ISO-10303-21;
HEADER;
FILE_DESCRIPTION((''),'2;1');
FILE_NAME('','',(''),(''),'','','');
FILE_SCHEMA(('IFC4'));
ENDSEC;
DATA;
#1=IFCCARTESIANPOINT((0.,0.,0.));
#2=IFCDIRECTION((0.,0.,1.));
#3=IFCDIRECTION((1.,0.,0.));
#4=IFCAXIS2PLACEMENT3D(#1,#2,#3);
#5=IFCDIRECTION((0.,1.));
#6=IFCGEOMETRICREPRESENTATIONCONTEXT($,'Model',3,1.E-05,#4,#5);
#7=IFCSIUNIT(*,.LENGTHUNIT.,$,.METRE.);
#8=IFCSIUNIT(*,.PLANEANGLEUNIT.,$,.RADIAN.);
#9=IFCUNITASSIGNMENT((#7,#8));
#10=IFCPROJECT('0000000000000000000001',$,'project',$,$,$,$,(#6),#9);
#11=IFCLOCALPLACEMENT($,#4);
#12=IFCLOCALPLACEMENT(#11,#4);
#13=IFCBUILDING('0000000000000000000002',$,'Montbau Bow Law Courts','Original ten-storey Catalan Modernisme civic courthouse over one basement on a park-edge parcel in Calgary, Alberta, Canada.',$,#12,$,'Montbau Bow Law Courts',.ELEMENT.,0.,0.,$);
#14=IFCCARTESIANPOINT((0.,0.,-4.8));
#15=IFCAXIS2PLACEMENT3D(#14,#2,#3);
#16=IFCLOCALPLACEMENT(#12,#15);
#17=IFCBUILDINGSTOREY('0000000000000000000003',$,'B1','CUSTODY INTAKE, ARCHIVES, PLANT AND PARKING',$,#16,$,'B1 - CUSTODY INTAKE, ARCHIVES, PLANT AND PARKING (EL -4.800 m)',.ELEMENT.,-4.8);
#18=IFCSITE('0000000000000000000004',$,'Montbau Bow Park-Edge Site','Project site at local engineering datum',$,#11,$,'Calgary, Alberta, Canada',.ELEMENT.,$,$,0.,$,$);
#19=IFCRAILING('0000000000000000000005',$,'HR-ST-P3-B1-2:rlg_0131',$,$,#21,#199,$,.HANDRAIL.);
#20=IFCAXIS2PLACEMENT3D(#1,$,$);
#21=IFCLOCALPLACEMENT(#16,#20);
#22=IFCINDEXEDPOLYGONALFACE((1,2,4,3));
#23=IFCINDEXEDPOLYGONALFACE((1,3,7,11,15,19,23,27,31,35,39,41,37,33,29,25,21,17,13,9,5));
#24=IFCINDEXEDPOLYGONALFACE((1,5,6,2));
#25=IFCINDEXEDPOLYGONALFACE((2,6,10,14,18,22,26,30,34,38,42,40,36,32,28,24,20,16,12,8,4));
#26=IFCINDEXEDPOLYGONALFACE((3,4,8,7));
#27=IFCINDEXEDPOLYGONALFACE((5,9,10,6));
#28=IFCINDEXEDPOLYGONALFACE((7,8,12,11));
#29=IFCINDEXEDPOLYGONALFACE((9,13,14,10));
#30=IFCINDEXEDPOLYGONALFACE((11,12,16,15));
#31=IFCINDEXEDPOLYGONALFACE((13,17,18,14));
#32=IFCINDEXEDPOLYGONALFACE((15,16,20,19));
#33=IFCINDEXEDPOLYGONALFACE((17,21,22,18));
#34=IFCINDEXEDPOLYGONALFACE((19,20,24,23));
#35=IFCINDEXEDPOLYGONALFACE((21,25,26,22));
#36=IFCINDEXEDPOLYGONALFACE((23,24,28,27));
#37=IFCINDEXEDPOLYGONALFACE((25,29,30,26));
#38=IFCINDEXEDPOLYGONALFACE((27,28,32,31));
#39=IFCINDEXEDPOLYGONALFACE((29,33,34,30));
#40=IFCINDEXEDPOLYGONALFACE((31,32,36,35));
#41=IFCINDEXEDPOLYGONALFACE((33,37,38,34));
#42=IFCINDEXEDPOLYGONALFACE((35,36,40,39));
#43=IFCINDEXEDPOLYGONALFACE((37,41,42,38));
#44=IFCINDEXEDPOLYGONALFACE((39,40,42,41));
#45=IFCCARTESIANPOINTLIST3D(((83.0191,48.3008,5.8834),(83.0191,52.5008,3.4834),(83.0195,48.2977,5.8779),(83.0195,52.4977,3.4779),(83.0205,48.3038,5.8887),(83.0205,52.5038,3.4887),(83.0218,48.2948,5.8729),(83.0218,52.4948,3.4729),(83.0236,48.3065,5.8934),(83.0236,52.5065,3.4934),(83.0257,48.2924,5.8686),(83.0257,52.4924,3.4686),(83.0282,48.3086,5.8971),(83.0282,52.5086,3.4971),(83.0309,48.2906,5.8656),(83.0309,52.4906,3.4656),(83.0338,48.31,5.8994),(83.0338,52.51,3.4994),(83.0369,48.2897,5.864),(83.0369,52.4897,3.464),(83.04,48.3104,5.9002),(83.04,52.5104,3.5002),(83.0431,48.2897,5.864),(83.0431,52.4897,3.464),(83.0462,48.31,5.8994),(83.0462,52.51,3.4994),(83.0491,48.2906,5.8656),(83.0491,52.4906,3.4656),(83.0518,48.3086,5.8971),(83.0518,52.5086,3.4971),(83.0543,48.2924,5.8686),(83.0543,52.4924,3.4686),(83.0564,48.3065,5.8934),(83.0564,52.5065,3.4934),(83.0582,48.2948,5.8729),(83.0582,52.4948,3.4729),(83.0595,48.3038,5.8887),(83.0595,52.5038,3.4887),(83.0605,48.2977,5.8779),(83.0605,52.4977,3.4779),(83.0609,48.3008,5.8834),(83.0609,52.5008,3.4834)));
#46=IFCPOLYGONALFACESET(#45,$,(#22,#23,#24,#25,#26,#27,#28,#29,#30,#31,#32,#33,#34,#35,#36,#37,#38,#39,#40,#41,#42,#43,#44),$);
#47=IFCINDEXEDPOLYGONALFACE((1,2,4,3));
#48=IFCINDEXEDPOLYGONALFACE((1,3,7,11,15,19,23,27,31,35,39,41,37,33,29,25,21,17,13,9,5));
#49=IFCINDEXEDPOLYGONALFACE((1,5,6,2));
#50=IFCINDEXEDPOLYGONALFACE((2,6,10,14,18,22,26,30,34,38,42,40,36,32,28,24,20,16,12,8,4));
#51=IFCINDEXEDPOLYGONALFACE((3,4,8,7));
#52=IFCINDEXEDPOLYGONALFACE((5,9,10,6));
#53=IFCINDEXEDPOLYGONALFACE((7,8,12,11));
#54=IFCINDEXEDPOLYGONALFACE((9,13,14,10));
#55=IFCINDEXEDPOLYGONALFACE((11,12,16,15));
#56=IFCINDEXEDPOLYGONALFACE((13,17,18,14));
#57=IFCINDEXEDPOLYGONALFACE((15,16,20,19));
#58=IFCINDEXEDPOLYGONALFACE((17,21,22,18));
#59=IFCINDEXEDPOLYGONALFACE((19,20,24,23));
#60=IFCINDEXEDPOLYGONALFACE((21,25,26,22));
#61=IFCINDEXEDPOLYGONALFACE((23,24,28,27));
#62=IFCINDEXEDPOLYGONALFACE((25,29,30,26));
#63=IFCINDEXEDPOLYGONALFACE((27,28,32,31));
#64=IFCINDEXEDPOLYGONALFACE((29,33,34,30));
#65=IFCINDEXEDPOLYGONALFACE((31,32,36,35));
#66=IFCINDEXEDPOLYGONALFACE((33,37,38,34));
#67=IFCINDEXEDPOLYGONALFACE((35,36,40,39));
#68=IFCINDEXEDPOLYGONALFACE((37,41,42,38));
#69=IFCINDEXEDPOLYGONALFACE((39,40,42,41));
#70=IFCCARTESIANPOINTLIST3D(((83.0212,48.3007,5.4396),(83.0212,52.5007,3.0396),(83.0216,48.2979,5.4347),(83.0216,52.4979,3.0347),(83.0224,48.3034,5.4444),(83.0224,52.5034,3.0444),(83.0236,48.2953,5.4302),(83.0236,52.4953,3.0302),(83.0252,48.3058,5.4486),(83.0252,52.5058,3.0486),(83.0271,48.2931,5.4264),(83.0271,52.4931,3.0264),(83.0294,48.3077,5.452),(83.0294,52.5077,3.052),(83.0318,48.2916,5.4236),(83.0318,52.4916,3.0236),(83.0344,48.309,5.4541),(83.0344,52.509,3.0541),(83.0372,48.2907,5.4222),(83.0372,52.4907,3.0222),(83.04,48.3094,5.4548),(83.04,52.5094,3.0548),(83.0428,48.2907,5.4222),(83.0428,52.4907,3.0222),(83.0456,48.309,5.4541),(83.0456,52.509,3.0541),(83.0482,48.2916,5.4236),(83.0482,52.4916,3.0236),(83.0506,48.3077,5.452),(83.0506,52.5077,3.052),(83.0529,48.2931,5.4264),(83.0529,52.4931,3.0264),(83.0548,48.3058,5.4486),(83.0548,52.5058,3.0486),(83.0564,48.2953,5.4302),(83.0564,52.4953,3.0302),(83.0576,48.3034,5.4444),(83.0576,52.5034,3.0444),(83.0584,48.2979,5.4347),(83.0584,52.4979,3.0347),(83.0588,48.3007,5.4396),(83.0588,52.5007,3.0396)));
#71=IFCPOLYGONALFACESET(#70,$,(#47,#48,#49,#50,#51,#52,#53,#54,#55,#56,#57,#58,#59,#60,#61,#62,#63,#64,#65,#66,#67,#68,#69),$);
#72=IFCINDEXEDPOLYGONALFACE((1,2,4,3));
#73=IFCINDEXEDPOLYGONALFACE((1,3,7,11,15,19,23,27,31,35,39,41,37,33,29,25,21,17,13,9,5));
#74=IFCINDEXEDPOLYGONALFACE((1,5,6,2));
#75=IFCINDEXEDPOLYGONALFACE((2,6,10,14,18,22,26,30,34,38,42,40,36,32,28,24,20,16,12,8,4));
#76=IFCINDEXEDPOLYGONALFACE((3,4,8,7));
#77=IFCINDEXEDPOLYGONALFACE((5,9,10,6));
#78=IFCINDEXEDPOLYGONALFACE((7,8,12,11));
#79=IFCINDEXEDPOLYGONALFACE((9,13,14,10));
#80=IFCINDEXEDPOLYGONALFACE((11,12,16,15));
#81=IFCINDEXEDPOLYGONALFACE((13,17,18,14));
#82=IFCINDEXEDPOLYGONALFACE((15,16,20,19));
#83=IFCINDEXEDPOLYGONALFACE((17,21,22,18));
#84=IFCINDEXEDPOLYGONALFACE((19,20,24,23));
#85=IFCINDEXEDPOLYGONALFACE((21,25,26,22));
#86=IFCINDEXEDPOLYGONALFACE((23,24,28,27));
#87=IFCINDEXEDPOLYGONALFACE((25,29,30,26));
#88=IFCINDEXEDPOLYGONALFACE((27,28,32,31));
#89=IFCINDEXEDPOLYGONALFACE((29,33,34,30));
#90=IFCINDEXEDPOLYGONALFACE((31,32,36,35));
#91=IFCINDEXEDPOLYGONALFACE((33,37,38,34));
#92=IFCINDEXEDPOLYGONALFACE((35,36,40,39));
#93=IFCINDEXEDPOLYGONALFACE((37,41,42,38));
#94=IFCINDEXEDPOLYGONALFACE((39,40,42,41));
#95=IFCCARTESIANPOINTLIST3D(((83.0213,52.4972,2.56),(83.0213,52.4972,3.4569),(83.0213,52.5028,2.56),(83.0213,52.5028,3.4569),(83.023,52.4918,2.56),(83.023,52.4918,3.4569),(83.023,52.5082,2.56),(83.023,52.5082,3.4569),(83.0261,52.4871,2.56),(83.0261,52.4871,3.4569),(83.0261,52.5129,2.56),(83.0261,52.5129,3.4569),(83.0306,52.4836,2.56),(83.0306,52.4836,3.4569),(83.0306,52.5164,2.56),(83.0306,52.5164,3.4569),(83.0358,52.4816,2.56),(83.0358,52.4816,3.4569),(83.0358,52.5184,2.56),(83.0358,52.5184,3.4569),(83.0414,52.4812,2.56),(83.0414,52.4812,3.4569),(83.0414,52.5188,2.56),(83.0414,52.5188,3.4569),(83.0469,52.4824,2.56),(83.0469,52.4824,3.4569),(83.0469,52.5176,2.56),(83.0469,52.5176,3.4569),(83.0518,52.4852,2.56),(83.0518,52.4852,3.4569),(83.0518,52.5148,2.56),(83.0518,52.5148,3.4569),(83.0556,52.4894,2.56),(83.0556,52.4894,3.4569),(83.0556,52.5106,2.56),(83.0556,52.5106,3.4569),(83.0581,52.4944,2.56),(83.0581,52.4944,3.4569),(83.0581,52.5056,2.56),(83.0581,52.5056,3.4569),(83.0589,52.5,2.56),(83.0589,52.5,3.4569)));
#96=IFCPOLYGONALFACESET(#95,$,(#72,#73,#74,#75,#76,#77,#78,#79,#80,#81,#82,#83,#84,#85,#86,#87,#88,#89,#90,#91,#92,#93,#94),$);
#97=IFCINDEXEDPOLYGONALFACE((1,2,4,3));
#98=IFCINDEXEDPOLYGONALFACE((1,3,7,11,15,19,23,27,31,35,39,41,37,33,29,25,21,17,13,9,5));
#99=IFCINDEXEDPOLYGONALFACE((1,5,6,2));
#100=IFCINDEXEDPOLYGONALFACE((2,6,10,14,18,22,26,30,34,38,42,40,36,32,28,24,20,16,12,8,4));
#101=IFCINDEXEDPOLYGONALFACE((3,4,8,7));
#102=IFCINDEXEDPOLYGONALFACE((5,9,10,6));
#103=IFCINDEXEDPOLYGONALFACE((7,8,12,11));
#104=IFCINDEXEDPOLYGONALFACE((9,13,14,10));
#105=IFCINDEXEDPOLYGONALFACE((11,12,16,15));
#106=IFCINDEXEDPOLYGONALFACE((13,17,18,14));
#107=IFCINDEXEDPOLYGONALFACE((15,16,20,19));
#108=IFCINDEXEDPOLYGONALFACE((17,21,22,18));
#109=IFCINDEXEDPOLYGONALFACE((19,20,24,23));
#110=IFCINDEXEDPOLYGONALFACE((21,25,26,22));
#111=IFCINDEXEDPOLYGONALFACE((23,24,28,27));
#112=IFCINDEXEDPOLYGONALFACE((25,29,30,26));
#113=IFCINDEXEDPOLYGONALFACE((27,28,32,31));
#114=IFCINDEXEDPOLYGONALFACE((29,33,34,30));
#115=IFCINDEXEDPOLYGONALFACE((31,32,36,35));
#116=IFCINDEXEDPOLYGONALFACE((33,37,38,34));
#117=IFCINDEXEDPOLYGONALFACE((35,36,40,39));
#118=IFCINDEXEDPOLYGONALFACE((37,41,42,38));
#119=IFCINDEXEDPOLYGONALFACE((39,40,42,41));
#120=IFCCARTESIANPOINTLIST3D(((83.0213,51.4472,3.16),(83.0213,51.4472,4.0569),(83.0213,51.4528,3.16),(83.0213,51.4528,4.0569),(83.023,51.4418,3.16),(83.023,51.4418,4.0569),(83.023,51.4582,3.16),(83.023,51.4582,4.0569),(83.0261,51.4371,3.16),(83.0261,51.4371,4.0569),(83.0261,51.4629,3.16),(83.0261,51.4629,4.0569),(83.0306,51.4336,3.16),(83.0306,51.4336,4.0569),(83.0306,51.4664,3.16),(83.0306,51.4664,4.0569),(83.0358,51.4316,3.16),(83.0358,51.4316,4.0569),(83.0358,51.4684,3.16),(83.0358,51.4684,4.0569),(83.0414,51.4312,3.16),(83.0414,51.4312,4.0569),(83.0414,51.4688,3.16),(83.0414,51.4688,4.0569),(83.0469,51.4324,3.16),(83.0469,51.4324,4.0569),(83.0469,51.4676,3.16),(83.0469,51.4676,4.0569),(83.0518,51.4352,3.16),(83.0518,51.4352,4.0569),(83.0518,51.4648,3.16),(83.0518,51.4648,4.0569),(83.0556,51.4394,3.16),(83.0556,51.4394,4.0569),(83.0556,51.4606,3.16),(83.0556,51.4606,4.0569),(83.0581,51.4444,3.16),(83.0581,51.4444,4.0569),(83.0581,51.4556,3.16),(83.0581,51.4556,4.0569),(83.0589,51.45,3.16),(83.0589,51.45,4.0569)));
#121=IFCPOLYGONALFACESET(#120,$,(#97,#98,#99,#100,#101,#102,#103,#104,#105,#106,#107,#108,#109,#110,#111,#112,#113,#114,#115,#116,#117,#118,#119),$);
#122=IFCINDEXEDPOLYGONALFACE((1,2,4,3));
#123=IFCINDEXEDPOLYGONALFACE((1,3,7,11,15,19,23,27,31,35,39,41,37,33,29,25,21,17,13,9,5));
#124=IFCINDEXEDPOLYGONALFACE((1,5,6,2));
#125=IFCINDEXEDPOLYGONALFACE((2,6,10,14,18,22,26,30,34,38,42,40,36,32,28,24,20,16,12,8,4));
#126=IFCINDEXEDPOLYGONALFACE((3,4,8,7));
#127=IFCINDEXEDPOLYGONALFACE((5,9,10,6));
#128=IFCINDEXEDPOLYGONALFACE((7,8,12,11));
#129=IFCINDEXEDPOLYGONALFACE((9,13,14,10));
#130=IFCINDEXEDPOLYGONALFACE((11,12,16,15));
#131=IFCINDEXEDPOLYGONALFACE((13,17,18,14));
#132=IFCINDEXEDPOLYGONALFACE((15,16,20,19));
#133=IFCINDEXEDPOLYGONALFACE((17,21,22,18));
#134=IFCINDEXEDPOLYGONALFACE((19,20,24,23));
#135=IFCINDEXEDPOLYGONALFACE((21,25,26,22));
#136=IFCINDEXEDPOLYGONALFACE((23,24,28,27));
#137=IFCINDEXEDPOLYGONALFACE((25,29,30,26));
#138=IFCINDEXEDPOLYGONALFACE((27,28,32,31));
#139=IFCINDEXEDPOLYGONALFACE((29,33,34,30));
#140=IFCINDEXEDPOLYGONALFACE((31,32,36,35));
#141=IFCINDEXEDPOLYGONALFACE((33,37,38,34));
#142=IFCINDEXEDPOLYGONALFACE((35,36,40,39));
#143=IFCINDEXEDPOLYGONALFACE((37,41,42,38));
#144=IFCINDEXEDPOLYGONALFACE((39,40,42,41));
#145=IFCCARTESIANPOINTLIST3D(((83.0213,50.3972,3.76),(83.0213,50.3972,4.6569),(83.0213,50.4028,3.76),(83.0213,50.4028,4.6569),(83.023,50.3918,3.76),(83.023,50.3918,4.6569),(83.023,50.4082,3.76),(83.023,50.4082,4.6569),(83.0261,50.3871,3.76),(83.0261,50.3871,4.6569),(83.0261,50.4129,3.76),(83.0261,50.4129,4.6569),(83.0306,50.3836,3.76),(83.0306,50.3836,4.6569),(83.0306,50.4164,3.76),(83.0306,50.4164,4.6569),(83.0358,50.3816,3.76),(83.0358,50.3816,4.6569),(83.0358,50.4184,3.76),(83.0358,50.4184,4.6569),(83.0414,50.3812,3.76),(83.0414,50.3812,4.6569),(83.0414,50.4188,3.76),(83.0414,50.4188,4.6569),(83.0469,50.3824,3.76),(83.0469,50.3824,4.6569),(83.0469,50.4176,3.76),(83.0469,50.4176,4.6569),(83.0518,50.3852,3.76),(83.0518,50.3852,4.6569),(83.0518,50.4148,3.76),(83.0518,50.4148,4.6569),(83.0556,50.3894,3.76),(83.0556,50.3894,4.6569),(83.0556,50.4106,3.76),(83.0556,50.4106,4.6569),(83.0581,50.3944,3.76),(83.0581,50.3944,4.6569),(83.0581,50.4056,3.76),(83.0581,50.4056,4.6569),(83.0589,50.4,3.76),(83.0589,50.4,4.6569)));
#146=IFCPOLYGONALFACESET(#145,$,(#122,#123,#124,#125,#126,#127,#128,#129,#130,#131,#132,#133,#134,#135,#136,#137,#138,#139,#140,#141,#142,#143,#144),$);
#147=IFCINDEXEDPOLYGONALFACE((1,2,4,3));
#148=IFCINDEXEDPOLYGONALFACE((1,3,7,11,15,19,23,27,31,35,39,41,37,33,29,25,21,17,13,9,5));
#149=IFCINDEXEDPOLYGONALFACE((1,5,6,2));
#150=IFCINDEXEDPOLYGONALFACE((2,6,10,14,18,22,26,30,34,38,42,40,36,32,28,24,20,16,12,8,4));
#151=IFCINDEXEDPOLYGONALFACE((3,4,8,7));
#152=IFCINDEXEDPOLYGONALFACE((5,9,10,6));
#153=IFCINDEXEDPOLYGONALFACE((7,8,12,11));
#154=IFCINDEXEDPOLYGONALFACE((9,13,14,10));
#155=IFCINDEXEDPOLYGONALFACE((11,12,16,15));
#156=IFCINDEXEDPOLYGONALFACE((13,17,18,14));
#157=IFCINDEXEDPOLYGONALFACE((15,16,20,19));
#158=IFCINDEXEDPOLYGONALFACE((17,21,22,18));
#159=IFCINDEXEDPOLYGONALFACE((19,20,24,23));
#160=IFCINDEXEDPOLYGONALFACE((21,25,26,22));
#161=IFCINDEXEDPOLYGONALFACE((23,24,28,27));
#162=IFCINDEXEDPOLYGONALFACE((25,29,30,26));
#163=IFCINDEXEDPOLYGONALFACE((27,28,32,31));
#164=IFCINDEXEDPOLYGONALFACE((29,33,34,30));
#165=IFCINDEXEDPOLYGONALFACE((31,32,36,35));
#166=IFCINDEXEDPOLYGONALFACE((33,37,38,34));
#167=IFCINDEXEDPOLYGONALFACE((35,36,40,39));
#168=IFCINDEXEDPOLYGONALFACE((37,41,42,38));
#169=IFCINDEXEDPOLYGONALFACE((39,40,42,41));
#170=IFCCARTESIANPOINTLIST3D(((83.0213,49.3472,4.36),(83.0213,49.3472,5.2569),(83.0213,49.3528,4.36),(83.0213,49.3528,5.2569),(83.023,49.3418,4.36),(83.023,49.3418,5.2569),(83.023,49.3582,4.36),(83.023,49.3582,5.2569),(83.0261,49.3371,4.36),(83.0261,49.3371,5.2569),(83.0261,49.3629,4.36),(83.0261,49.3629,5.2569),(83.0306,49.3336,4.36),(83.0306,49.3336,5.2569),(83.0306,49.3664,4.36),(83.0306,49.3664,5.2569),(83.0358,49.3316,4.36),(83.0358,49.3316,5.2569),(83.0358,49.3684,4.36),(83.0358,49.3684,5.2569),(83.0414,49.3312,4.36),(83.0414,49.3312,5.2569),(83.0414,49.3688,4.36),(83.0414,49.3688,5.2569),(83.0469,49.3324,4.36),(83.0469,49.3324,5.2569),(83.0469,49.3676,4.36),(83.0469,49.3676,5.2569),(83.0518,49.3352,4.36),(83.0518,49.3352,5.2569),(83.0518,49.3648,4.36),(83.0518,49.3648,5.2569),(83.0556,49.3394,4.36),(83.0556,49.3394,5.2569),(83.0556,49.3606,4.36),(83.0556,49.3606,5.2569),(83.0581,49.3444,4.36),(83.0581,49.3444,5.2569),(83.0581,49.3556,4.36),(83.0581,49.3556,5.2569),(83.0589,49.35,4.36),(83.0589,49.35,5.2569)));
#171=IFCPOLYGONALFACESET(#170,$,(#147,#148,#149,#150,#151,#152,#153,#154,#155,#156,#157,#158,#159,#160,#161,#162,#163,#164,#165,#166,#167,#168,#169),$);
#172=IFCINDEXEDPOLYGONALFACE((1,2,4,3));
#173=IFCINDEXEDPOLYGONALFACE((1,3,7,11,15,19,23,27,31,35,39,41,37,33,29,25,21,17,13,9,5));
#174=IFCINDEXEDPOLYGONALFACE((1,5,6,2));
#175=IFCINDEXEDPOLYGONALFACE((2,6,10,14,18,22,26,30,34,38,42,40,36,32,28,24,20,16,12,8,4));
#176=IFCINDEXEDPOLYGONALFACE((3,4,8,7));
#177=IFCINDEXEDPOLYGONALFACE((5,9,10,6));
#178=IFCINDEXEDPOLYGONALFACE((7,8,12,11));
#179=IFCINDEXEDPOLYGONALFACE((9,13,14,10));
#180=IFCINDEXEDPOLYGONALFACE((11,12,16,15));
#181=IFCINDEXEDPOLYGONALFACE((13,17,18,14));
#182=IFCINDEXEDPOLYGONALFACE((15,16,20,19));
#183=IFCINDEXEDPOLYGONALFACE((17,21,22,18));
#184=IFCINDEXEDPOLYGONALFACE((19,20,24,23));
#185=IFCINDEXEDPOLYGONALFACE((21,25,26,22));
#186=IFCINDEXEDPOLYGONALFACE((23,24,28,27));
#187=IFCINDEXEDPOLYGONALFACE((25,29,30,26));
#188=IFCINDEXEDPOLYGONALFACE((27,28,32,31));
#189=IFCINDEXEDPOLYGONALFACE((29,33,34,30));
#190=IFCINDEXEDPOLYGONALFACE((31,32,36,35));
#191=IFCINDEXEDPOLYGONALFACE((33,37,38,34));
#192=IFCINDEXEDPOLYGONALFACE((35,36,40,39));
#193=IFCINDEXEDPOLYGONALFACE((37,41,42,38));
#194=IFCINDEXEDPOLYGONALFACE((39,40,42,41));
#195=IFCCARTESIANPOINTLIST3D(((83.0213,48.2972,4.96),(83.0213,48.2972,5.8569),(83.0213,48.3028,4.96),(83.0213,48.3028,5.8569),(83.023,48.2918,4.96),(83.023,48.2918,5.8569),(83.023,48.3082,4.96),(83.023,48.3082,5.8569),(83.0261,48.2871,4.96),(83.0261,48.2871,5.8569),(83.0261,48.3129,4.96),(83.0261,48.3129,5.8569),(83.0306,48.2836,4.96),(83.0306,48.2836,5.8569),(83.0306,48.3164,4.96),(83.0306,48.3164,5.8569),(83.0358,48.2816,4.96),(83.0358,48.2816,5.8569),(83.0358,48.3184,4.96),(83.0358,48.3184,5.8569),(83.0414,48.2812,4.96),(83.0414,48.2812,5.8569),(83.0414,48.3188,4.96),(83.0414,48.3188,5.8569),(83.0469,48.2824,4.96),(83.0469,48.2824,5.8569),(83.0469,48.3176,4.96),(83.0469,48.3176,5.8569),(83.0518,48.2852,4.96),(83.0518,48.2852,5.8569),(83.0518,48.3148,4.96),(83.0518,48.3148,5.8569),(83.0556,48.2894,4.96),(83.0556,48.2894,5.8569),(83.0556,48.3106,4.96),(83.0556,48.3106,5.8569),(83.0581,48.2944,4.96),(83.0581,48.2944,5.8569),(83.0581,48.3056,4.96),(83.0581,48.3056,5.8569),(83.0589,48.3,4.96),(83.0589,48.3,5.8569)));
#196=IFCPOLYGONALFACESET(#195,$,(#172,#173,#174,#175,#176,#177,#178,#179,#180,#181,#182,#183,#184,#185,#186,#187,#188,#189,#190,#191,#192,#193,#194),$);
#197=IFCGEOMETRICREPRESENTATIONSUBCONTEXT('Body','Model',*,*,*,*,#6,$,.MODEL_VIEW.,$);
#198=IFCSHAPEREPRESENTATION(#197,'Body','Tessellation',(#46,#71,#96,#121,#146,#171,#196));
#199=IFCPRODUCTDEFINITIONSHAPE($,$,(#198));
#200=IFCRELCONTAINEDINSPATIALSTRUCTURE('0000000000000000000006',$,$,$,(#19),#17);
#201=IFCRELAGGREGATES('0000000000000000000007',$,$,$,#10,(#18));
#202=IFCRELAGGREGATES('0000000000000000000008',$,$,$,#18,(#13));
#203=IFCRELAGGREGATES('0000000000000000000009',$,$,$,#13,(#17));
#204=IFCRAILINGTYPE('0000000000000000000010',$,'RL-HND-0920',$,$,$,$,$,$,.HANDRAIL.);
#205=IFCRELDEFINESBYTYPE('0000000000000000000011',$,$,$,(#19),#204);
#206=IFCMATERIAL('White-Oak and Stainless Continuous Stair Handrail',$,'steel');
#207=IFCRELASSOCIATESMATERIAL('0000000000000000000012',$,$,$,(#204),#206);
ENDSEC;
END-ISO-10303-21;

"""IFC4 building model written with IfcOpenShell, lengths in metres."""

from ifc_helpers import new_model, si_unit, direction, frame, origin_with_axes, origin_2d_with_axis, place, context, subcontext, project, spatial, circle, extrude, material, type_object, element, save


model = new_model("IFC4")

# Units and contexts
model_context = context("Model", 3, precision=1e-05, world=origin_with_axes(), true_north=direction((0.0, 1.0)))
body_context = subcontext(model_context, "Body", "Model", "MODEL_VIEW")
ifc_project = project(units=[si_unit("LENGTHUNIT", "METRE"), si_unit("PLANEANGLEUNIT", "RADIAN")], contexts=[model_context])

# Site, building, storey
site_placement = place(None, origin_with_axes())
site = spatial("IfcSite", under=ifc_project, at=site_placement, Name="Montbau Bow Park-Edge Site", Description="Project site at local engineering datum", LongName="Calgary, Alberta, Canada", CompositionType="ELEMENT", RefElevation=0.0)
building_placement = place(site_placement, origin_with_axes())
building = spatial("IfcBuilding", under=site, at=building_placement, Name="Montbau Bow Law Courts", Description="Original ten-storey Catalan Modernisme civic courthouse over one basement on a park-edge parcel in Calgary, Alberta, Canada.", LongName="Montbau Bow Law Courts", CompositionType="ELEMENT", ElevationOfRefHeight=0.0, ElevationOfTerrain=0.0)
storey_placement = place(building_placement, frame((0.0, 0.0, -4.8), z_axis=(0.0, 0.0, 1.0), x_axis=(1.0, 0.0, 0.0)))
storey = spatial("IfcBuildingStorey", under=building, at=storey_placement, Name="B1", Description="CUSTODY INTAKE, ARCHIVES, PLANT AND PARKING", LongName="B1 - CUSTODY INTAKE, ARCHIVES, PLANT AND PARKING (EL -4.800 m)", CompositionType="ELEMENT", Elevation=-4.8)

# Railing
ifc_material_1 = material(Name="White-Oak and Stainless Continuous Stair Handrail", Category="steel")
railing_type_1 = type_object("IfcRailingType", Name="RL-HND-0920", PredefinedType="HANDRAIL", material=ifc_material_1)
railing_1_placement = place(None, origin_with_axes())
element("IfcRailing", 1, at=railing_1_placement, inside=storey, type_object=railing_type_1, Name="HR-ST-P3-B1-2:rlg_0131", PredefinedType="HANDRAIL", context=body_context, shape_type="SweptSolid", body=[
    extrude(circle(Radius=0.021, at=origin_2d_with_axis()), frame((83.04, 52.5, -1.318), z_axis=(0.0, -0.868243, 0.496139), x_axis=(0.0, 0.496139, 0.868243)), (0.0, 0.0, 1.0), 4.8374),
    extrude(circle(Radius=0.0189, at=origin_2d_with_axis()), frame((83.04, 52.5, -1.7616), z_axis=(0.0, -0.868243, 0.496139), x_axis=(0.0, 0.496139, 0.868243)), (0.0, 0.0, 1.0), 4.8374),
    extrude(circle(Radius=0.0189, at=origin_2d_with_axis()), frame((83.04, 52.5, -2.24), z_axis=(0.0, 0.0, 1.0), x_axis=(1.0, 0.0, 0.0)), (0.0, 0.0, 1.0), 0.8969),
    extrude(circle(Radius=0.0189, at=origin_2d_with_axis()), frame((83.04, 51.45, -1.64), z_axis=(0.0, 0.0, 1.0), x_axis=(1.0, 0.0, 0.0)), (0.0, 0.0, 1.0), 0.8969),
    extrude(circle(Radius=0.0189, at=origin_2d_with_axis()), frame((83.04, 50.4, -1.04), z_axis=(0.0, 0.0, 1.0), x_axis=(1.0, 0.0, 0.0)), (0.0, 0.0, 1.0), 0.8969),
    extrude(circle(Radius=0.0189, at=origin_2d_with_axis()), frame((83.04, 49.35, -0.44), z_axis=(0.0, 0.0, 1.0), x_axis=(1.0, 0.0, 0.0)), (0.0, 0.0, 1.0), 0.8969),
    extrude(circle(Radius=0.0189, at=origin_2d_with_axis()), frame((83.04, 48.3, 0.16), z_axis=(0.0, 0.0, 1.0), x_axis=(1.0, 0.0, 0.0)), (0.0, 0.0, 1.0), 0.8969),
])

save(model, "model.ifc")
